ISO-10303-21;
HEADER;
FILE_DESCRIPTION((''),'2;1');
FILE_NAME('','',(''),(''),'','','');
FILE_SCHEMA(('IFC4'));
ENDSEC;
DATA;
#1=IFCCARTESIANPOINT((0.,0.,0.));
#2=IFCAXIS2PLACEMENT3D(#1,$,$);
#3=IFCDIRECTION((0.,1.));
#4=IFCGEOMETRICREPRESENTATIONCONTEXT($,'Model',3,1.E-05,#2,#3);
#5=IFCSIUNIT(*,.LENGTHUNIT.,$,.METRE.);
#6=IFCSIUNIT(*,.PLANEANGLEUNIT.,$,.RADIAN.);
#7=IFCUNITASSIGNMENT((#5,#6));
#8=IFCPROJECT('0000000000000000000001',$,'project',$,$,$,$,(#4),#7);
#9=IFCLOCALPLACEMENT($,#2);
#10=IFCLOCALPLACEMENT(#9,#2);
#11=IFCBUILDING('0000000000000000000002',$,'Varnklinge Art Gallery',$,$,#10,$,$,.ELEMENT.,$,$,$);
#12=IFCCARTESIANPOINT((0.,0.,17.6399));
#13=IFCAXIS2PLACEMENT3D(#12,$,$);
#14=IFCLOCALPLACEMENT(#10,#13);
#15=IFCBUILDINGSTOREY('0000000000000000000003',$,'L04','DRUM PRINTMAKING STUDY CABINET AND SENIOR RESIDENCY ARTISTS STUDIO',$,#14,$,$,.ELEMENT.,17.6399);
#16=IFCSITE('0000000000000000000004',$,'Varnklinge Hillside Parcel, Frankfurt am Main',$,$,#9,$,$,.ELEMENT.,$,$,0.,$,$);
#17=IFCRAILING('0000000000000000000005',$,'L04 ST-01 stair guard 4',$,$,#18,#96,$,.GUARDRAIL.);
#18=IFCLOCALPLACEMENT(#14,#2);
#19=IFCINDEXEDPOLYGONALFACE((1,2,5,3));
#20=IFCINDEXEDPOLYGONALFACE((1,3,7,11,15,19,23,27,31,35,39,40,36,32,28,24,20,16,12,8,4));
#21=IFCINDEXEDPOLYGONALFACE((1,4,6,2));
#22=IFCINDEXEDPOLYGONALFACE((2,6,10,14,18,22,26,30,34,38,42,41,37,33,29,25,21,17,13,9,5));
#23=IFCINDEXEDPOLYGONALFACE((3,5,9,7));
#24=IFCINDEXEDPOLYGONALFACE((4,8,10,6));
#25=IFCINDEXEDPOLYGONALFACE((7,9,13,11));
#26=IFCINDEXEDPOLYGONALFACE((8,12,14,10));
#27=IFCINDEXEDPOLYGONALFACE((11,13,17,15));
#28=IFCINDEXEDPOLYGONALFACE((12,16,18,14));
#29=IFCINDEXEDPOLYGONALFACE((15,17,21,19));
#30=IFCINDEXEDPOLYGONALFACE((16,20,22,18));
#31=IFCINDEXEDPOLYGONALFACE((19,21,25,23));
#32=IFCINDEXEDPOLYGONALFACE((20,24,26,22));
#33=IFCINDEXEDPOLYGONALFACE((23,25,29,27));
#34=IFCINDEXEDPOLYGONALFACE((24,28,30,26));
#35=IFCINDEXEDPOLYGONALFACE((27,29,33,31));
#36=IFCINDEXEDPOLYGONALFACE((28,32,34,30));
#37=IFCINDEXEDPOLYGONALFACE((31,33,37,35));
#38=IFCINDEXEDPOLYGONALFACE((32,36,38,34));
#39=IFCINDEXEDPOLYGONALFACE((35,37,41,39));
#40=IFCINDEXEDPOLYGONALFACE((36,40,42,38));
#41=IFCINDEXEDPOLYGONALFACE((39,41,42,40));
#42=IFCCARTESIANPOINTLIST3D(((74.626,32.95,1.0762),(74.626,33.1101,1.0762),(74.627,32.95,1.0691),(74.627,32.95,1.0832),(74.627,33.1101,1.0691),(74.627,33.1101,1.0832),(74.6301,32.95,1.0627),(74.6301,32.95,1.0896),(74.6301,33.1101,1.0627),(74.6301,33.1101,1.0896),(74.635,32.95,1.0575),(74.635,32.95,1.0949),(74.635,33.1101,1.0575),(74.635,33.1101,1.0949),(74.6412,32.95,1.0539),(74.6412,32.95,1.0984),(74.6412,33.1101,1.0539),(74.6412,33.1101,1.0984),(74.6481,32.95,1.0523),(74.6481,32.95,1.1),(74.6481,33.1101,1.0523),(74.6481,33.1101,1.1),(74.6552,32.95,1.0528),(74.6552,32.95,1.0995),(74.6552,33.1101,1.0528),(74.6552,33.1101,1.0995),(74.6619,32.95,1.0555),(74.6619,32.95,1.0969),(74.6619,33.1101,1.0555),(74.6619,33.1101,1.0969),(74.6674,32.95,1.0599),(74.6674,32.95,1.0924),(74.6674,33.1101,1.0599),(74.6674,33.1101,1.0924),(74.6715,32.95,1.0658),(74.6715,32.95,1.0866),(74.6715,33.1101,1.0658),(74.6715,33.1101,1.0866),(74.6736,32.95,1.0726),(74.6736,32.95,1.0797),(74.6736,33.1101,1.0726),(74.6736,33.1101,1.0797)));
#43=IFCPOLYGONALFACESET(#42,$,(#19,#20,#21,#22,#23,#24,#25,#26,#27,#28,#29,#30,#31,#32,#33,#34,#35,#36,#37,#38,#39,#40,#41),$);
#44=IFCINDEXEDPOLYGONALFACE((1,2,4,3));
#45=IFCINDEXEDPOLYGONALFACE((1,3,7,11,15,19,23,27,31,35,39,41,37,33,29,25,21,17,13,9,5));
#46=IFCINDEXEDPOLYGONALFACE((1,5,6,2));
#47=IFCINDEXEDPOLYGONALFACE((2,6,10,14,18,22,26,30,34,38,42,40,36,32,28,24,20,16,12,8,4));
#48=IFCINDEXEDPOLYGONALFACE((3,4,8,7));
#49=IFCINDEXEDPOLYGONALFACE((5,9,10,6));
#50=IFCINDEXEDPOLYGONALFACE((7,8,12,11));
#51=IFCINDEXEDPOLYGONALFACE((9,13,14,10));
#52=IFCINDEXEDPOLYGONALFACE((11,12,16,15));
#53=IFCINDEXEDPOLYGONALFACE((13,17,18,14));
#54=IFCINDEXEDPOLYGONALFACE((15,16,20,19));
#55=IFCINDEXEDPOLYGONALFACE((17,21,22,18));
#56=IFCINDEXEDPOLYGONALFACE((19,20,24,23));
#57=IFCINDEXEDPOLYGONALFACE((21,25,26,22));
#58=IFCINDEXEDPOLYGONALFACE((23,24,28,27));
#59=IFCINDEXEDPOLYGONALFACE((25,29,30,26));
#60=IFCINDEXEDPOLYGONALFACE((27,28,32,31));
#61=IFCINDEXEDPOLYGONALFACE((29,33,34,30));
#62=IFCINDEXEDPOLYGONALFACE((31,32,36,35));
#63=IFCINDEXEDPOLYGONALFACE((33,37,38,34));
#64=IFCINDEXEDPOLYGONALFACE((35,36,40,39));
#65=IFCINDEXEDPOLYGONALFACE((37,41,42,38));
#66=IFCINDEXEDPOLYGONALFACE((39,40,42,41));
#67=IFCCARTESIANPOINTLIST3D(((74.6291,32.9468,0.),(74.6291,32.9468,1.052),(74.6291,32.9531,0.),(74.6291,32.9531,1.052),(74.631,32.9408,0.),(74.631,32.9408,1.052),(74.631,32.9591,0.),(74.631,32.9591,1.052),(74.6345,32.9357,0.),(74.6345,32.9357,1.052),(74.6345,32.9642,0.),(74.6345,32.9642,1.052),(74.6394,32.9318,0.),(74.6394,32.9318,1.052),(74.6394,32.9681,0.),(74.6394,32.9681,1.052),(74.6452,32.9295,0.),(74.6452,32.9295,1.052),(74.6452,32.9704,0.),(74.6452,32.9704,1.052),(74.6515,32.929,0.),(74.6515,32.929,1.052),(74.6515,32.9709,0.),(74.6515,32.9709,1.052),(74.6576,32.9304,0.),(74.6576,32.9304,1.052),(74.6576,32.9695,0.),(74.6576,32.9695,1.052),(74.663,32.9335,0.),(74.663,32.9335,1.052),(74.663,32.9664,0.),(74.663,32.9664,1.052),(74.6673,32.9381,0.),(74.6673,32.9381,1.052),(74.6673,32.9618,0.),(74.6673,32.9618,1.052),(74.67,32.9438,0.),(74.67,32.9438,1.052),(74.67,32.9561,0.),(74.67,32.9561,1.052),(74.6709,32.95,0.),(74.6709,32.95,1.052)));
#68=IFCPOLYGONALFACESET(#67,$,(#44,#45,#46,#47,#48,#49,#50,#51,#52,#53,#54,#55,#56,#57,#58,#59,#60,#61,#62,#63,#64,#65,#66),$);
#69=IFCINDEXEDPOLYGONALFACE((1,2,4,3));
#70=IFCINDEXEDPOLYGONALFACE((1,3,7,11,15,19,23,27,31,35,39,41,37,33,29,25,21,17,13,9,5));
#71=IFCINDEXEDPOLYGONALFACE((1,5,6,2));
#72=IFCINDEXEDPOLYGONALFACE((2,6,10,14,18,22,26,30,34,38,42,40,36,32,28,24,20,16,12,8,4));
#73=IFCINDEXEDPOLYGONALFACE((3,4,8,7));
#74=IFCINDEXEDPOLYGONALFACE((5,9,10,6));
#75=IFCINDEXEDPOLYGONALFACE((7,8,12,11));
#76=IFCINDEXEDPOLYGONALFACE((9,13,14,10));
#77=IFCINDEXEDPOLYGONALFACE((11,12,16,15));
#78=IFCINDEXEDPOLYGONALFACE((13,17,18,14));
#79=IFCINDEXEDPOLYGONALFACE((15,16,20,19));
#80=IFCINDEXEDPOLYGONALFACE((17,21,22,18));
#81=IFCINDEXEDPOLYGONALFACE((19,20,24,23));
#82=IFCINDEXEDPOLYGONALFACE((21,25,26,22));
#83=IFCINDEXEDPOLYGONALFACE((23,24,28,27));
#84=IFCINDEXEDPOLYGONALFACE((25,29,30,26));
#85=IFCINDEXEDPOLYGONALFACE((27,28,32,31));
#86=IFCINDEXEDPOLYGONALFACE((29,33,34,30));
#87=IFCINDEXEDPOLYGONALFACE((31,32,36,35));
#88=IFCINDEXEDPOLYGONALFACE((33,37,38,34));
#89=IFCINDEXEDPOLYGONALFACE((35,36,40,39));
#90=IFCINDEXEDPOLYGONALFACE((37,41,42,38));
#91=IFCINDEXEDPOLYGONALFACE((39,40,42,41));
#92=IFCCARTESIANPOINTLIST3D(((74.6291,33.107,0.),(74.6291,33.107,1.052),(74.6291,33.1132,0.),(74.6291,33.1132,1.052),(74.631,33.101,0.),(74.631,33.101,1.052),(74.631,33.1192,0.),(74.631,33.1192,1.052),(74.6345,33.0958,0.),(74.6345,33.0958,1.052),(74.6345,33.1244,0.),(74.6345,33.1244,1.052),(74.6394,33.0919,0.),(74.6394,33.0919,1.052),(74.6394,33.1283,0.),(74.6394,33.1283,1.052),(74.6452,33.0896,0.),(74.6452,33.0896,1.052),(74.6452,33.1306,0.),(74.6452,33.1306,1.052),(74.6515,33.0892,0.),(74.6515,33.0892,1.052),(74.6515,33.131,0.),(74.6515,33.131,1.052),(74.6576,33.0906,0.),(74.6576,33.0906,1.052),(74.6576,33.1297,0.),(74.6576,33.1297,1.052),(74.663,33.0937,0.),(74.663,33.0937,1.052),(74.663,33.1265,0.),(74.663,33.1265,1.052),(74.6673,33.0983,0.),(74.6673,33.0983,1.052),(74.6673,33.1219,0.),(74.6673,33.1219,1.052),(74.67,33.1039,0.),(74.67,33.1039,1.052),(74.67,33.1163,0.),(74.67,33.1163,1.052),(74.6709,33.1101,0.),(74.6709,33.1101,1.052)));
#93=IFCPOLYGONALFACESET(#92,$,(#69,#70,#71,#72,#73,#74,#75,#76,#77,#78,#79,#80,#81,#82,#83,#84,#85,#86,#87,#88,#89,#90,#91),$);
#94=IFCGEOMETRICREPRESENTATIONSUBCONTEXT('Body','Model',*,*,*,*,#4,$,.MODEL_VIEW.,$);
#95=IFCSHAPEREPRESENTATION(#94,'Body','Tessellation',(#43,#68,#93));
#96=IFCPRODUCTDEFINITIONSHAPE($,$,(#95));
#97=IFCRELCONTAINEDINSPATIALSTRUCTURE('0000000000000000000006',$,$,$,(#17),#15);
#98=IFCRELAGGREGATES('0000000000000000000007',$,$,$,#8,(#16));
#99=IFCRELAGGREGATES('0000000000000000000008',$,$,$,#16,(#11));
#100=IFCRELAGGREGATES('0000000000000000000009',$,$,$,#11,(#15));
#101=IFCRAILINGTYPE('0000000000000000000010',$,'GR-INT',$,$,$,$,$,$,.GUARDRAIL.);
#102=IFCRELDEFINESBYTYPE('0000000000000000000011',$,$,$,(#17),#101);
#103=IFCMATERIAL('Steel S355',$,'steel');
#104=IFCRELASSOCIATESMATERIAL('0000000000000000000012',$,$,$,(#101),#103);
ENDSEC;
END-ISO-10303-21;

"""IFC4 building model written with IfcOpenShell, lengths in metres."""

from ifc_helpers import new_model, si_unit, direction, frame, origin, origin_2d, place, context, subcontext, project, spatial, circle, extrude, material, type_object, element, save


model = new_model("IFC4")

# Units and contexts
model_context = context("Model", 3, precision=1e-05, world=origin(), true_north=direction((0.0, 1.0)))
body_context = subcontext(model_context, "Body", "Model", "MODEL_VIEW")
ifc_project = project(units=[si_unit("LENGTHUNIT", "METRE"), si_unit("PLANEANGLEUNIT", "RADIAN")], contexts=[model_context])

# Site, building, storey
site_placement = place(None, origin())
site = spatial("IfcSite", under=ifc_project, at=site_placement, Name="Varnklinge Hillside Parcel, Frankfurt am Main", CompositionType="ELEMENT", RefElevation=0.0)
building_placement = place(site_placement, origin())
building = spatial("IfcBuilding", under=site, at=building_placement, Name="Varnklinge Art Gallery", CompositionType="ELEMENT")
storey_placement = place(building_placement, frame((0.0, 0.0, 17.6399)))
storey = spatial("IfcBuildingStorey", under=building, at=storey_placement, Name="L04", Description="DRUM PRINTMAKING STUDY CABINET AND SENIOR RESIDENCY ARTISTS STUDIO", CompositionType="ELEMENT", Elevation=17.6399)

# Railing
ifc_material_1 = material(Name="Steel S355", Category="steel")
railing_type_1 = type_object("IfcRailingType", Name="GR-INT", PredefinedType="GUARDRAIL", material=ifc_material_1)
railing_1_placement = place(storey_placement, frame((74.6499, 32.95, 0.0)))
element("IfcRailing", 1, at=railing_1_placement, inside=storey, type_object=railing_type_1, Name="L04 ST-01 stair guard 4", PredefinedType="GUARDRAIL", context=body_context, shape_type="SweptSolid", body=[
    extrude(circle(Radius=0.0239, at=origin_2d()), frame((0.0, 0.0, 1.0762), z_axis=(0.0, 1.0, 0.0), x_axis=(-1.0, 0.0, 0.0)), (0.0, 0.0, 1.0), 0.1602),
    extrude(circle(Radius=0.021, at=origin_2d()), origin(), (0.0, 0.0, 1.0), 1.052),
    extrude(circle(Radius=0.021, at=origin_2d()), frame((0.0, 0.1602, 0.0)), (0.0, 0.0, 1.0), 1.052),
])

save(model, "model.ifc")
